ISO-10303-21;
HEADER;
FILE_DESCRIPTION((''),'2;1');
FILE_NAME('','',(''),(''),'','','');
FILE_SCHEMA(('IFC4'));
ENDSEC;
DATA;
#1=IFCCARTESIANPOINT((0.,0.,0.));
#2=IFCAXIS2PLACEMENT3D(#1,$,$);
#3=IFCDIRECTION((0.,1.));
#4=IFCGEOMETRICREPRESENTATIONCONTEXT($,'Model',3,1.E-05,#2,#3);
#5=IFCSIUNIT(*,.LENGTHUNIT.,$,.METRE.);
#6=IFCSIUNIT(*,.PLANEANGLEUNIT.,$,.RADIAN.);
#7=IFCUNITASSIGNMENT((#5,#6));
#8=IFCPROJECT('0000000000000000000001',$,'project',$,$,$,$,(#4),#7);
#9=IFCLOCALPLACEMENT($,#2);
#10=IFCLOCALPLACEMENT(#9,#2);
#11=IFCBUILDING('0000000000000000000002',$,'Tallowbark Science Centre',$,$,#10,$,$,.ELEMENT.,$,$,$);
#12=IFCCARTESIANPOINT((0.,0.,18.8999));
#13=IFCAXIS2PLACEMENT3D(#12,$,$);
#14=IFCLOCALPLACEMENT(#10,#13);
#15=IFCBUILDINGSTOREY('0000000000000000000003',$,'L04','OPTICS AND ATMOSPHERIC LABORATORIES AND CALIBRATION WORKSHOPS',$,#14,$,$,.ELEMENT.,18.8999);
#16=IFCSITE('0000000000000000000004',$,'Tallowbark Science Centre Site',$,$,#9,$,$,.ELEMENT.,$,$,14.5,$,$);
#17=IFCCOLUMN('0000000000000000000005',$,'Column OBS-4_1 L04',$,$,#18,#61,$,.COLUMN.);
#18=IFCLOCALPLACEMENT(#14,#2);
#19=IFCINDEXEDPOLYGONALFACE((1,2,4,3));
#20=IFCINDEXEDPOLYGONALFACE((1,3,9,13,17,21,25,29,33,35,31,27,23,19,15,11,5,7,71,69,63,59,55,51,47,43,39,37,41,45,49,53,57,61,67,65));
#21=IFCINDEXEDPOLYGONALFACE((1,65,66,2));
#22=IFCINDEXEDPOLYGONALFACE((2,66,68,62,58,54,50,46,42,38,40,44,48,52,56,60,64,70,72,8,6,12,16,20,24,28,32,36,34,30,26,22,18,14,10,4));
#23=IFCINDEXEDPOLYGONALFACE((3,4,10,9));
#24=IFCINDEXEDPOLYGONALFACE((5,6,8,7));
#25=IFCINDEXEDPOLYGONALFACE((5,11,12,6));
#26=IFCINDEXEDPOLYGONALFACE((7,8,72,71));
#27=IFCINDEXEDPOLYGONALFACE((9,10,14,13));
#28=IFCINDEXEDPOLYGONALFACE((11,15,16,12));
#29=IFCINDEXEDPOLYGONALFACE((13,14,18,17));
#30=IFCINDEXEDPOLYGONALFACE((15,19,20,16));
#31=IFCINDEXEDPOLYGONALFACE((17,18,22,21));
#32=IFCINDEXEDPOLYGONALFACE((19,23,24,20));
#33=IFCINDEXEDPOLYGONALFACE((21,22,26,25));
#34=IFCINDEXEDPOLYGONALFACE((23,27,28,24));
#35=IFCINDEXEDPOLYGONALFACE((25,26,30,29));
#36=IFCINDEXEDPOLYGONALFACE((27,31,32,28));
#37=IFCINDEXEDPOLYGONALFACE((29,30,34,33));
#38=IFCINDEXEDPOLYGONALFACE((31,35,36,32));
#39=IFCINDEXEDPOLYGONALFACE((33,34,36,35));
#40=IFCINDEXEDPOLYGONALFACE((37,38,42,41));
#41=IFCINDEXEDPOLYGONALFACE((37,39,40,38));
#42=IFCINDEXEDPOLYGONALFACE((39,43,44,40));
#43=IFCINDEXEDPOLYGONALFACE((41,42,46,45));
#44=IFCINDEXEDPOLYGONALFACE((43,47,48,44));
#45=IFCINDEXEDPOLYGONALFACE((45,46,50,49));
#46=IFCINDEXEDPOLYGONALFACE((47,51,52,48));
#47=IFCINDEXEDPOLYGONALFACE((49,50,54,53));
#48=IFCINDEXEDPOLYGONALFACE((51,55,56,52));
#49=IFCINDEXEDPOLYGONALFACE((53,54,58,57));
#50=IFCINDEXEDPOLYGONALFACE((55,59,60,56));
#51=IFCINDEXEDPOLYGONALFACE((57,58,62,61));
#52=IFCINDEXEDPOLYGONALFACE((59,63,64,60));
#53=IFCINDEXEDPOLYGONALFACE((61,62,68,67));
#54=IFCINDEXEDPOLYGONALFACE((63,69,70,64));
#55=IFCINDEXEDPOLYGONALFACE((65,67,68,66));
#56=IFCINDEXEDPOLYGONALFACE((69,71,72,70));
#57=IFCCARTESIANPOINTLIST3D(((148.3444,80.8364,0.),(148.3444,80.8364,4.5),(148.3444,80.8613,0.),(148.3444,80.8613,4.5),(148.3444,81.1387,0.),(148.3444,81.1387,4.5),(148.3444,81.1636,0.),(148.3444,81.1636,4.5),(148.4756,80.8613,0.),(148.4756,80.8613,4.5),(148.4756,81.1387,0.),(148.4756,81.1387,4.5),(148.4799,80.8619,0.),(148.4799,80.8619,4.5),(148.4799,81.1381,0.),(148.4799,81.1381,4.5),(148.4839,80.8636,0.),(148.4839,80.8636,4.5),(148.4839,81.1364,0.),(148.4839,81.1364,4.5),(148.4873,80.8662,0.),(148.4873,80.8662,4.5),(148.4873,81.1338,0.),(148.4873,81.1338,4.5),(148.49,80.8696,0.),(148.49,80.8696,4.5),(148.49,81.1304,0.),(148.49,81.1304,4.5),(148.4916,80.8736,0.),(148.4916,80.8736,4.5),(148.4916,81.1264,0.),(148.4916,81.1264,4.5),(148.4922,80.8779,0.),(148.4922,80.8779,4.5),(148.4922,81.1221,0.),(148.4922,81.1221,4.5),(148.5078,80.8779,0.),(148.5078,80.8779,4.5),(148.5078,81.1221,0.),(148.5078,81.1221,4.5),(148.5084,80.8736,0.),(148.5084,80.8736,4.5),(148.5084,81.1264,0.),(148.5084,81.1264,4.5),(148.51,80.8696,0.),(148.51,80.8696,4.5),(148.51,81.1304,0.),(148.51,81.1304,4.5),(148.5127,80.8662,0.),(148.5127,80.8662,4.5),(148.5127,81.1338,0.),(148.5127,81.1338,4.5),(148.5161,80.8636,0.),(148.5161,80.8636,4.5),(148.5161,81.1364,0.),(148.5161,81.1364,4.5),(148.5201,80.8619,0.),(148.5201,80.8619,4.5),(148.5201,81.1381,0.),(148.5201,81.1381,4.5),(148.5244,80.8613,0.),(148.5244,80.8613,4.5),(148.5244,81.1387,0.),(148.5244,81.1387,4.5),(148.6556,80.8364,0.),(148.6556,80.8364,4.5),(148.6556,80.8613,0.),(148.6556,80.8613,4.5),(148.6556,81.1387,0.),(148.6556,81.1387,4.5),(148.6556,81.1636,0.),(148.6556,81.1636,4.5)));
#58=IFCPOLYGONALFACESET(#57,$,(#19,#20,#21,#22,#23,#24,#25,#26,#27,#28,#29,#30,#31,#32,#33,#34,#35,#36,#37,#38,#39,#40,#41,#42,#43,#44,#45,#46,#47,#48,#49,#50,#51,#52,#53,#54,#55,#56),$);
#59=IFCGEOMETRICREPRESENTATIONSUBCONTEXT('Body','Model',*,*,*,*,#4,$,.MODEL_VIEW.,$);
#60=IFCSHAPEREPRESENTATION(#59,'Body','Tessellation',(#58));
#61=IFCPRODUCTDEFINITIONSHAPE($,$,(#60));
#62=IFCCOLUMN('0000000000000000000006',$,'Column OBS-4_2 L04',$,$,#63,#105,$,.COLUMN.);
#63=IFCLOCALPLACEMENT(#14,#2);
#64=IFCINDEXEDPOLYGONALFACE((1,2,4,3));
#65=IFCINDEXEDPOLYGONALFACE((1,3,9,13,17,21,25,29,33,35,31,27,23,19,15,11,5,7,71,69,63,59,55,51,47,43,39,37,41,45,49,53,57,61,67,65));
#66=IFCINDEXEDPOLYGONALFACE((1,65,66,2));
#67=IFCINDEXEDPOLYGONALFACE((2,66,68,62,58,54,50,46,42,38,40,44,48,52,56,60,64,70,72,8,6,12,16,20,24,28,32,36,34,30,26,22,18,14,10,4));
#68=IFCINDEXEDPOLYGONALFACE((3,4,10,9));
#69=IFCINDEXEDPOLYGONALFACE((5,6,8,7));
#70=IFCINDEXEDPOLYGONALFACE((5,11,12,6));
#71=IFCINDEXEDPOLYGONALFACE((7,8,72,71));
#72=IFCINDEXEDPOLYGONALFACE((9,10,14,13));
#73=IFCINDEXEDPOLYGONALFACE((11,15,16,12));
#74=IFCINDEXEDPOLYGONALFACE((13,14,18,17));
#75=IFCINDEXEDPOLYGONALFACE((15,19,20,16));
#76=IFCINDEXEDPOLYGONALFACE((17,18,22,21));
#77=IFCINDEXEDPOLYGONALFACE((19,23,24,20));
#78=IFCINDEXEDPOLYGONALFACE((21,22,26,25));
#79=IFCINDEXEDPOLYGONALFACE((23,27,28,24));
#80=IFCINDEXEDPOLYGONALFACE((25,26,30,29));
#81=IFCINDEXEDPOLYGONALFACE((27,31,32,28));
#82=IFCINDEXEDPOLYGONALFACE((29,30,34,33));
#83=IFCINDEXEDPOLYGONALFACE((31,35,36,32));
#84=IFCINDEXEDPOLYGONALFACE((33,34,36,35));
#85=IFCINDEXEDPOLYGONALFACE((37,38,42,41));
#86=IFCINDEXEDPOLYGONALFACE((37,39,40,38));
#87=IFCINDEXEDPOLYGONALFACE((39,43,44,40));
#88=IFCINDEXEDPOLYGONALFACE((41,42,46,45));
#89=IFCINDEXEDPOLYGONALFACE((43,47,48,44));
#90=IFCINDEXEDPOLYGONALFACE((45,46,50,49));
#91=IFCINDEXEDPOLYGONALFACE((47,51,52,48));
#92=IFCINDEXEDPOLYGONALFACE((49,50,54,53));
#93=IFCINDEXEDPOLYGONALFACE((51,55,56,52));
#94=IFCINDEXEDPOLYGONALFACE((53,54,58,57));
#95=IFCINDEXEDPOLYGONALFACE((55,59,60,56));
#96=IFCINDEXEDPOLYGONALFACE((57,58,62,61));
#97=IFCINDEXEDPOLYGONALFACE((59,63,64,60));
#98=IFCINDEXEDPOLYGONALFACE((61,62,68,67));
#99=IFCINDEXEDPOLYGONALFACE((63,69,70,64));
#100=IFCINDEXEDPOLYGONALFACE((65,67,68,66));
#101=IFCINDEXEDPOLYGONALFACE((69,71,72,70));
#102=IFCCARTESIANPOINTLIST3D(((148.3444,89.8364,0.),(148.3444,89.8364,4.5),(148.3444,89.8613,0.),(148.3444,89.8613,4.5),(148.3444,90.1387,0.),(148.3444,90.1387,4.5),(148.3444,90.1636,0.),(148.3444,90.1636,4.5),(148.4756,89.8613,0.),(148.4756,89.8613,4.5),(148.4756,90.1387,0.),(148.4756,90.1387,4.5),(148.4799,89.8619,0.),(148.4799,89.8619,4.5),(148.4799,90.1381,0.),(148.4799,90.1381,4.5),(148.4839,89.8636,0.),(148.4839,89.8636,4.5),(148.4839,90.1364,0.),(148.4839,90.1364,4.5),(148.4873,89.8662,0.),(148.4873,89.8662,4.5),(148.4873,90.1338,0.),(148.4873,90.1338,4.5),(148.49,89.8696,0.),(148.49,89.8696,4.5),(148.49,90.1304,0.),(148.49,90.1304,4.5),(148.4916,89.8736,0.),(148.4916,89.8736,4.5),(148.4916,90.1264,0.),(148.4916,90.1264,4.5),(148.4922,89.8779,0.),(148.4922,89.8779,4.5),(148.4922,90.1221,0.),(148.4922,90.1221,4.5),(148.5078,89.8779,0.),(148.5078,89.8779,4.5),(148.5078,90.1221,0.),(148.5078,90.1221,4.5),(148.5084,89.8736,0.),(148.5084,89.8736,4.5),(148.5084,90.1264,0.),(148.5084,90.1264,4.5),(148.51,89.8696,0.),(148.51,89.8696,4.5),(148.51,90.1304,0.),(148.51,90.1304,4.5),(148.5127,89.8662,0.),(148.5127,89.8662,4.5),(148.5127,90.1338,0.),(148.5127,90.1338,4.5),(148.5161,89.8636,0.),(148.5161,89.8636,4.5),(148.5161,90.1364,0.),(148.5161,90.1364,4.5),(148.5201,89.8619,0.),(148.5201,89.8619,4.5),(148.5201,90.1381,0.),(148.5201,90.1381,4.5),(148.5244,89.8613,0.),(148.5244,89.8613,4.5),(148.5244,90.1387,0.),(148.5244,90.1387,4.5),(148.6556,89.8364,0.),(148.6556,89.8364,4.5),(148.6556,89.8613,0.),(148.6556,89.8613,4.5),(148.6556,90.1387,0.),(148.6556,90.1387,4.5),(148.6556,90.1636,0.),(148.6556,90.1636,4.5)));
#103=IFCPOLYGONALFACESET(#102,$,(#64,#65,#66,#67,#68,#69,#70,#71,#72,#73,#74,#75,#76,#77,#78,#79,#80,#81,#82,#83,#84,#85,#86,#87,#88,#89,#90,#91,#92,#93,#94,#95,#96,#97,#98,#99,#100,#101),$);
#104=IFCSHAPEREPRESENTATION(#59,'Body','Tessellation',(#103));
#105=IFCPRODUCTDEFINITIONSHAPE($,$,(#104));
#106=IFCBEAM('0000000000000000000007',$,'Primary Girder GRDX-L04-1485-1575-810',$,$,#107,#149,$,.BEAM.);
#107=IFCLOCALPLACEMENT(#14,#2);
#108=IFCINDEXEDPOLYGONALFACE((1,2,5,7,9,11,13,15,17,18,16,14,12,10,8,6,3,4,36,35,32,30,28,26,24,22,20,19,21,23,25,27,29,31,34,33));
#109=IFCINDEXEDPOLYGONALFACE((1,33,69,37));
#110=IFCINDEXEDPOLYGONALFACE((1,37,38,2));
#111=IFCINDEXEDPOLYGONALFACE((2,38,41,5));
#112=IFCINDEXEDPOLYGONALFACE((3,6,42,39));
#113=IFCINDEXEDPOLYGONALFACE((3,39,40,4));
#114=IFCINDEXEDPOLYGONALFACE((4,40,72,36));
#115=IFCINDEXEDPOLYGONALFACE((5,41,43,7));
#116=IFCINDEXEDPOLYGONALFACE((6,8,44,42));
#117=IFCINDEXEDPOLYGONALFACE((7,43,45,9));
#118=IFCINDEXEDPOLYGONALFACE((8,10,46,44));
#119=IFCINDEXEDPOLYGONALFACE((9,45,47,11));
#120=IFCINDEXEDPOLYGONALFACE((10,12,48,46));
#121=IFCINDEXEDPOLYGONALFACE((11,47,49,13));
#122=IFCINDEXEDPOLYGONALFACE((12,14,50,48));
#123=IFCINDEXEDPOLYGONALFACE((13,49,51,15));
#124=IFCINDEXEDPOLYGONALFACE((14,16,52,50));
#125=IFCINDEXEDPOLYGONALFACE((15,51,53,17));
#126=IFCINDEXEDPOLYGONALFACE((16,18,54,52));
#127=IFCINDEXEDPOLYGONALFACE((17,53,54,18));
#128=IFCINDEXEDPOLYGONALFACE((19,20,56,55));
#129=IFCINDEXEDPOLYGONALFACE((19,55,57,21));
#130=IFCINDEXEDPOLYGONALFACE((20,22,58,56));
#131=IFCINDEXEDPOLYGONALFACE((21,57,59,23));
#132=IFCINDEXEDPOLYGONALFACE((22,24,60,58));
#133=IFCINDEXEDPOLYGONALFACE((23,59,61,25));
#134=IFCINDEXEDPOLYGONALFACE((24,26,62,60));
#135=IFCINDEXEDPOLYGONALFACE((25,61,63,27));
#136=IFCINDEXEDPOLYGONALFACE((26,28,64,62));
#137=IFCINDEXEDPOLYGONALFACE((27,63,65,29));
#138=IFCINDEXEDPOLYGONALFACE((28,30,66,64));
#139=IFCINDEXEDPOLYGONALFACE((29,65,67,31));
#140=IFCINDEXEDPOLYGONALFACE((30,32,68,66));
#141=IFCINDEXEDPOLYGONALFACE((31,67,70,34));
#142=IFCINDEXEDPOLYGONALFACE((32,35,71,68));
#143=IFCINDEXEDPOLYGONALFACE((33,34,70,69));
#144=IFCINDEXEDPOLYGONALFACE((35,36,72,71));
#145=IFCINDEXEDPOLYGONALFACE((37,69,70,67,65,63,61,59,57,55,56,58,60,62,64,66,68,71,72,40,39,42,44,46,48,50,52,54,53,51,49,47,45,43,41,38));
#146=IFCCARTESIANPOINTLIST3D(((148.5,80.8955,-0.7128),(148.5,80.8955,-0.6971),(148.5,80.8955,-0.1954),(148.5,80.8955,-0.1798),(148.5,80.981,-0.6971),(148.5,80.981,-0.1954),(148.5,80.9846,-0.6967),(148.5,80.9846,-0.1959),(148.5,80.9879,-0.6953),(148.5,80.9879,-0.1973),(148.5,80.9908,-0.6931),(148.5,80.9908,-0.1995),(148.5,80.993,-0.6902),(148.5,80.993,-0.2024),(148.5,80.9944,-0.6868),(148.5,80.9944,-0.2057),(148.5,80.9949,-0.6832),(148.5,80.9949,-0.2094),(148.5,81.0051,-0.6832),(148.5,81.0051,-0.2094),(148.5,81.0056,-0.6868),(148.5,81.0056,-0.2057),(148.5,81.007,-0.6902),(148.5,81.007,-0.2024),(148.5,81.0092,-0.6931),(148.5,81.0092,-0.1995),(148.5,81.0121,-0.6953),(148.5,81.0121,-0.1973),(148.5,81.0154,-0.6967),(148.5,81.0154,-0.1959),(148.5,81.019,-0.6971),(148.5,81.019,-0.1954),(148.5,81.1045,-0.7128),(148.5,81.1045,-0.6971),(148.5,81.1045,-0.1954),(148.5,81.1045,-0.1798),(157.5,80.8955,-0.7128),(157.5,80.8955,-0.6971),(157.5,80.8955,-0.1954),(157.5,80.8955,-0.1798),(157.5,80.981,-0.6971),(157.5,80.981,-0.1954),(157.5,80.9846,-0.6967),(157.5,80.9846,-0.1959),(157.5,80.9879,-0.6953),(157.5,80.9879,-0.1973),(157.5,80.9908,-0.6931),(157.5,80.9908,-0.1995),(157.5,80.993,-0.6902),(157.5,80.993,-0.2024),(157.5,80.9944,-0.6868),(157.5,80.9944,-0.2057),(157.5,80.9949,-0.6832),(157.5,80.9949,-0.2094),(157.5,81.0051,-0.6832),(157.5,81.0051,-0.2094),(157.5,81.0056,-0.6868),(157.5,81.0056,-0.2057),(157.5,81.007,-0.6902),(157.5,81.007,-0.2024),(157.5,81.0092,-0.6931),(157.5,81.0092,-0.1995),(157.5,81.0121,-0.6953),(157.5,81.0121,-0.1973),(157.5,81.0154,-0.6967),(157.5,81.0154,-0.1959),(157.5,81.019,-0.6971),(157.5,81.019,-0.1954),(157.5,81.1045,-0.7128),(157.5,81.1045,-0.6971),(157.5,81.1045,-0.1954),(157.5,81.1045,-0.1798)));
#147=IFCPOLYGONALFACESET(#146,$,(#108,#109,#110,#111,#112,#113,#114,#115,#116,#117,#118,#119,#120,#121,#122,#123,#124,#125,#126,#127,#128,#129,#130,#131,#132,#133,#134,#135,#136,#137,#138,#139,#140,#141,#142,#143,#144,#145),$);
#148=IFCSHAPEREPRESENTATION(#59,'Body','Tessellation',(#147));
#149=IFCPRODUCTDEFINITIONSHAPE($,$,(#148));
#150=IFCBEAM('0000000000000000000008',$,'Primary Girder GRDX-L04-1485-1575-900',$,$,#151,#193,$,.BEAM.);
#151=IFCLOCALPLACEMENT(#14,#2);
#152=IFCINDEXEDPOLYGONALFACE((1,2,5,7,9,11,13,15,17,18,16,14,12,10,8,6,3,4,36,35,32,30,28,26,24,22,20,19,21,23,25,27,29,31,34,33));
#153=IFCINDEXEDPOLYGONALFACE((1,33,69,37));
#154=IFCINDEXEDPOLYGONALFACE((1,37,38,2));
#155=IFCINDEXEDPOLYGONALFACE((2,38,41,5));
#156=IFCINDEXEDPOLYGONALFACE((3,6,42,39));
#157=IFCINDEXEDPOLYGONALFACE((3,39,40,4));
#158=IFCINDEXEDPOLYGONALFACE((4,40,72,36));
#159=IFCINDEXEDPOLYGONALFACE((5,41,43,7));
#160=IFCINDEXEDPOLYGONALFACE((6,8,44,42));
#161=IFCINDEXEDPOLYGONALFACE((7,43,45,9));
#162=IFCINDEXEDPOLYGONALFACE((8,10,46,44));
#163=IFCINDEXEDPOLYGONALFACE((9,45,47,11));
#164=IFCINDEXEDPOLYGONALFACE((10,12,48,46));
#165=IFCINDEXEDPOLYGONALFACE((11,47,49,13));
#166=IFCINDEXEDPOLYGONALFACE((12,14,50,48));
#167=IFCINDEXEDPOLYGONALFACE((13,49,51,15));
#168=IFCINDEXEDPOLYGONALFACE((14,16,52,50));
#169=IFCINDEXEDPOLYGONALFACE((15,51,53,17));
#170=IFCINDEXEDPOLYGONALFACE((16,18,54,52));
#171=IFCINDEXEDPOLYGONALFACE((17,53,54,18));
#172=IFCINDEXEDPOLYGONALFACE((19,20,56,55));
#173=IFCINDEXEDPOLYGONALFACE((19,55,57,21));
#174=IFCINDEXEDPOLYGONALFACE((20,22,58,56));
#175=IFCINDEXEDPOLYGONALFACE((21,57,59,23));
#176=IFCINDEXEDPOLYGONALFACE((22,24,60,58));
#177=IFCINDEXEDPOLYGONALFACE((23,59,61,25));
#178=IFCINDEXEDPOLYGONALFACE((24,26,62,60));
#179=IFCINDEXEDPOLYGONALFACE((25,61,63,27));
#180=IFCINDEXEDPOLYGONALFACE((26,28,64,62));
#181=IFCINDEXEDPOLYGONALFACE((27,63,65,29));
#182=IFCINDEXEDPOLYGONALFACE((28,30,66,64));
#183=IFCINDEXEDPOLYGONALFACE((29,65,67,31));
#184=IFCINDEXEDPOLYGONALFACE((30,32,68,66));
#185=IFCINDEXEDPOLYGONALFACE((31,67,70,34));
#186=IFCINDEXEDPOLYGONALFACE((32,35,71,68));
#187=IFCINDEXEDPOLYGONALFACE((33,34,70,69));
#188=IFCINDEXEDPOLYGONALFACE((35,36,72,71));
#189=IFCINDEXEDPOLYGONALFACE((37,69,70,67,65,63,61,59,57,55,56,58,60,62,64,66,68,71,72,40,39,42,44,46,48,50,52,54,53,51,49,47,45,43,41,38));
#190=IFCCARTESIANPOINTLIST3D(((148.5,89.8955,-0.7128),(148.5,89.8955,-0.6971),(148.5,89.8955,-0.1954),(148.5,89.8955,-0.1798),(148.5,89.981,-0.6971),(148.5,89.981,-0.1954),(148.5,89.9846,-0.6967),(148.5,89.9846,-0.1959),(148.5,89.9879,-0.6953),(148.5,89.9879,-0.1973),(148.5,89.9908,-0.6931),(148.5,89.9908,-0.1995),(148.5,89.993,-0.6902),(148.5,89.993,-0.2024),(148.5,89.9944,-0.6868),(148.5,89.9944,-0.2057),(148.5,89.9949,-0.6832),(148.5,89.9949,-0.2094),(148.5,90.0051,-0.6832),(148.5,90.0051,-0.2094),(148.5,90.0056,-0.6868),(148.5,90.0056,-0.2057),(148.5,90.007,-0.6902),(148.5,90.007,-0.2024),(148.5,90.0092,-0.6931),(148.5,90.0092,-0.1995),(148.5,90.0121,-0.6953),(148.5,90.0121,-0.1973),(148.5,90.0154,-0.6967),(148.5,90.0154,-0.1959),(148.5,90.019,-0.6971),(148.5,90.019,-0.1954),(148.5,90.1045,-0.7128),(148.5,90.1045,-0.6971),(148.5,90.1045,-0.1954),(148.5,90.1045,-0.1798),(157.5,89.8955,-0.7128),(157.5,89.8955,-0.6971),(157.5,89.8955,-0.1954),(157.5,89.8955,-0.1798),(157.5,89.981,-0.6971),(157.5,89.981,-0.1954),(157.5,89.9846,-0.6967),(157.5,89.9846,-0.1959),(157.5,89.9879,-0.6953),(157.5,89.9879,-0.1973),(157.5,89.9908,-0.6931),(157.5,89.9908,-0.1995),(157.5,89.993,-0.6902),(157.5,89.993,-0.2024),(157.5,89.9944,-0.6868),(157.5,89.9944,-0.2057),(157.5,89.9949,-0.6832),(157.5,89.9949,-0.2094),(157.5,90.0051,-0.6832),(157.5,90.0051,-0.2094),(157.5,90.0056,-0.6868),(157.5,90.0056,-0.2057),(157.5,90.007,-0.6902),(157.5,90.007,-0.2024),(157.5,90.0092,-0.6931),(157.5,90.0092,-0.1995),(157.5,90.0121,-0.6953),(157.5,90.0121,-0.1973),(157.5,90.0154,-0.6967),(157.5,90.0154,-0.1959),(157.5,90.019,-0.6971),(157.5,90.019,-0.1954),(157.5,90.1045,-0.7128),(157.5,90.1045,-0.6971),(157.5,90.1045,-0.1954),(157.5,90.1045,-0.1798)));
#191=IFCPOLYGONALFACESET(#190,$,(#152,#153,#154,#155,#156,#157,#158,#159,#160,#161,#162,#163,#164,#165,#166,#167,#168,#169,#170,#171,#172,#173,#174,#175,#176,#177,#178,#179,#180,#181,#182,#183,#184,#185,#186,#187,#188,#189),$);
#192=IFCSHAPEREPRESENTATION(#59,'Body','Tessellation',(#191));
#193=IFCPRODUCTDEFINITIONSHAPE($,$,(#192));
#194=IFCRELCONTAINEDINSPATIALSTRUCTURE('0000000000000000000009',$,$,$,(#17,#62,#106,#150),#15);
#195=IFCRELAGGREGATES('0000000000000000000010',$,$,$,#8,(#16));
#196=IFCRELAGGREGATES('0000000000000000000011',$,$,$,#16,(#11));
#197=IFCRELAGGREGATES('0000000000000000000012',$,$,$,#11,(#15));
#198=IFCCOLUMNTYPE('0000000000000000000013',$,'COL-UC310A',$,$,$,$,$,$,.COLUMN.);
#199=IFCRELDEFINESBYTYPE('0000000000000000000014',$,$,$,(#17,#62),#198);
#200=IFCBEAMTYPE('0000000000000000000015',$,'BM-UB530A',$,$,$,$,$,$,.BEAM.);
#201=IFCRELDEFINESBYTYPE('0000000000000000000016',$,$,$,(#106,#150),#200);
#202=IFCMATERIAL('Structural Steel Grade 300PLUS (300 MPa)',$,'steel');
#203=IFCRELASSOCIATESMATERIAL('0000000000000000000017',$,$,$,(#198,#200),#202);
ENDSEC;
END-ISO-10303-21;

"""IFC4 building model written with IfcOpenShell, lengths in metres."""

from ifc_helpers import new_model, si_unit, direction, frame, origin, origin_2d, place, context, subcontext, project, spatial, i_section, extrude, material, material_profile, profile_set, type_object, element, save


model = new_model("IFC4")

# Units and contexts
model_context = context("Model", 3, precision=1e-05, world=origin(), true_north=direction((0.0, 1.0)))
body_context = subcontext(model_context, "Body", "Model", "MODEL_VIEW")
ifc_project = project(units=[si_unit("LENGTHUNIT", "METRE"), si_unit("PLANEANGLEUNIT", "RADIAN")], contexts=[model_context])

# Site, building, storey
site_placement = place(None, origin())
site = spatial("IfcSite", under=ifc_project, at=site_placement, Name="Tallowbark Science Centre Site", CompositionType="ELEMENT", RefElevation=14.5)
building_placement = place(site_placement, origin())
building = spatial("IfcBuilding", under=site, at=building_placement, Name="Tallowbark Science Centre", CompositionType="ELEMENT")
storey_placement = place(building_placement, frame((0.0, 0.0, 18.8999)))
storey = spatial("IfcBuildingStorey", under=building, at=storey_placement, Name="L04", Description="OPTICS AND ATMOSPHERIC LABORATORIES AND CALIBRATION WORKSHOPS", CompositionType="ELEMENT", Elevation=18.8999)

# Columns
ifc_material_1 = material(Name="Structural Steel Grade 300PLUS (300 MPa)", Category="steel")
ifc_material_profile_1 = material_profile(ifc_material_1, i_section(OverallWidth=0.3113, OverallDepth=0.3271, WebThickness=0.0156, FlangeThickness=0.0249, FilletRadius=0.0166, at=origin_2d()), Name="310UC158")
ifc_profile_set_1 = profile_set([ifc_material_profile_1], Name="Structural Steel Grade 300PLUS (300 MPa)")
column_type = type_object("IfcColumnType", Name="COL-UC310A", PredefinedType="COLUMN", material=ifc_profile_set_1)
for number, where, z_axis, x_axis, name in (
    (1, (148.5, 81.0, 0.0), (0.0, 0.0, 1.0), (1.0, 0.0, 0.0), "Column OBS-4_1 L04"),
    (2, (148.5, 90.0, 0.0), (0.0, 0.0, 1.0), (1.0, 0.0, 0.0), "Column OBS-4_2 L04"),
):
    element("IfcColumn", number, at=place(storey_placement, frame(where, z_axis=z_axis, x_axis=x_axis)), inside=storey, type_object=column_type, Name=name, PredefinedType="COLUMN", context=body_context, shape_type="SweptSolid", body=[
        extrude(i_section(OverallWidth=0.3113, OverallDepth=0.3271, WebThickness=0.0156, FlangeThickness=0.0249, FilletRadius=0.0166, at=origin_2d()), origin(), (0.0, 0.0, 1.0), 4.5),
    ])

# Beams
ifc_material_profile_2 = material_profile(ifc_material_1, i_section(OverallWidth=0.209, OverallDepth=0.533, WebThickness=0.0103, FlangeThickness=0.0156, FilletRadius=0.0139, at=origin_2d()), Name="530UB92.4")
ifc_profile_set_2 = profile_set([ifc_material_profile_2], Name="Structural Steel Grade 300PLUS (300 MPa)")
beam_type_1 = type_object("IfcBeamType", Name="BM-UB530A", PredefinedType="BEAM", material=ifc_profile_set_2)
for number, where, z_axis, x_axis, name in (
    (3, (148.5, 81.0, -0.4463), (1.0, 0.0, 0.0), (0.0, 1.0, 0.0), "Primary Girder GRDX-L04-1485-1575-810"),
    (4, (148.5, 90.0, -0.4463), (1.0, 0.0, 0.0), (0.0, 1.0, 0.0), "Primary Girder GRDX-L04-1485-1575-900"),
):
    element("IfcBeam", number, at=place(storey_placement, frame(where, z_axis=z_axis, x_axis=x_axis)), inside=storey, type_object=beam_type_1, Name=name, PredefinedType="BEAM", context=body_context, shape_type="SweptSolid", body=[
        extrude(i_section(OverallWidth=0.209, OverallDepth=0.533, WebThickness=0.0103, FlangeThickness=0.0156, FilletRadius=0.0139, at=origin_2d()), origin(), (0.0, 0.0, 1.0), 9.0),
    ])

save(model, "model.ifc")
